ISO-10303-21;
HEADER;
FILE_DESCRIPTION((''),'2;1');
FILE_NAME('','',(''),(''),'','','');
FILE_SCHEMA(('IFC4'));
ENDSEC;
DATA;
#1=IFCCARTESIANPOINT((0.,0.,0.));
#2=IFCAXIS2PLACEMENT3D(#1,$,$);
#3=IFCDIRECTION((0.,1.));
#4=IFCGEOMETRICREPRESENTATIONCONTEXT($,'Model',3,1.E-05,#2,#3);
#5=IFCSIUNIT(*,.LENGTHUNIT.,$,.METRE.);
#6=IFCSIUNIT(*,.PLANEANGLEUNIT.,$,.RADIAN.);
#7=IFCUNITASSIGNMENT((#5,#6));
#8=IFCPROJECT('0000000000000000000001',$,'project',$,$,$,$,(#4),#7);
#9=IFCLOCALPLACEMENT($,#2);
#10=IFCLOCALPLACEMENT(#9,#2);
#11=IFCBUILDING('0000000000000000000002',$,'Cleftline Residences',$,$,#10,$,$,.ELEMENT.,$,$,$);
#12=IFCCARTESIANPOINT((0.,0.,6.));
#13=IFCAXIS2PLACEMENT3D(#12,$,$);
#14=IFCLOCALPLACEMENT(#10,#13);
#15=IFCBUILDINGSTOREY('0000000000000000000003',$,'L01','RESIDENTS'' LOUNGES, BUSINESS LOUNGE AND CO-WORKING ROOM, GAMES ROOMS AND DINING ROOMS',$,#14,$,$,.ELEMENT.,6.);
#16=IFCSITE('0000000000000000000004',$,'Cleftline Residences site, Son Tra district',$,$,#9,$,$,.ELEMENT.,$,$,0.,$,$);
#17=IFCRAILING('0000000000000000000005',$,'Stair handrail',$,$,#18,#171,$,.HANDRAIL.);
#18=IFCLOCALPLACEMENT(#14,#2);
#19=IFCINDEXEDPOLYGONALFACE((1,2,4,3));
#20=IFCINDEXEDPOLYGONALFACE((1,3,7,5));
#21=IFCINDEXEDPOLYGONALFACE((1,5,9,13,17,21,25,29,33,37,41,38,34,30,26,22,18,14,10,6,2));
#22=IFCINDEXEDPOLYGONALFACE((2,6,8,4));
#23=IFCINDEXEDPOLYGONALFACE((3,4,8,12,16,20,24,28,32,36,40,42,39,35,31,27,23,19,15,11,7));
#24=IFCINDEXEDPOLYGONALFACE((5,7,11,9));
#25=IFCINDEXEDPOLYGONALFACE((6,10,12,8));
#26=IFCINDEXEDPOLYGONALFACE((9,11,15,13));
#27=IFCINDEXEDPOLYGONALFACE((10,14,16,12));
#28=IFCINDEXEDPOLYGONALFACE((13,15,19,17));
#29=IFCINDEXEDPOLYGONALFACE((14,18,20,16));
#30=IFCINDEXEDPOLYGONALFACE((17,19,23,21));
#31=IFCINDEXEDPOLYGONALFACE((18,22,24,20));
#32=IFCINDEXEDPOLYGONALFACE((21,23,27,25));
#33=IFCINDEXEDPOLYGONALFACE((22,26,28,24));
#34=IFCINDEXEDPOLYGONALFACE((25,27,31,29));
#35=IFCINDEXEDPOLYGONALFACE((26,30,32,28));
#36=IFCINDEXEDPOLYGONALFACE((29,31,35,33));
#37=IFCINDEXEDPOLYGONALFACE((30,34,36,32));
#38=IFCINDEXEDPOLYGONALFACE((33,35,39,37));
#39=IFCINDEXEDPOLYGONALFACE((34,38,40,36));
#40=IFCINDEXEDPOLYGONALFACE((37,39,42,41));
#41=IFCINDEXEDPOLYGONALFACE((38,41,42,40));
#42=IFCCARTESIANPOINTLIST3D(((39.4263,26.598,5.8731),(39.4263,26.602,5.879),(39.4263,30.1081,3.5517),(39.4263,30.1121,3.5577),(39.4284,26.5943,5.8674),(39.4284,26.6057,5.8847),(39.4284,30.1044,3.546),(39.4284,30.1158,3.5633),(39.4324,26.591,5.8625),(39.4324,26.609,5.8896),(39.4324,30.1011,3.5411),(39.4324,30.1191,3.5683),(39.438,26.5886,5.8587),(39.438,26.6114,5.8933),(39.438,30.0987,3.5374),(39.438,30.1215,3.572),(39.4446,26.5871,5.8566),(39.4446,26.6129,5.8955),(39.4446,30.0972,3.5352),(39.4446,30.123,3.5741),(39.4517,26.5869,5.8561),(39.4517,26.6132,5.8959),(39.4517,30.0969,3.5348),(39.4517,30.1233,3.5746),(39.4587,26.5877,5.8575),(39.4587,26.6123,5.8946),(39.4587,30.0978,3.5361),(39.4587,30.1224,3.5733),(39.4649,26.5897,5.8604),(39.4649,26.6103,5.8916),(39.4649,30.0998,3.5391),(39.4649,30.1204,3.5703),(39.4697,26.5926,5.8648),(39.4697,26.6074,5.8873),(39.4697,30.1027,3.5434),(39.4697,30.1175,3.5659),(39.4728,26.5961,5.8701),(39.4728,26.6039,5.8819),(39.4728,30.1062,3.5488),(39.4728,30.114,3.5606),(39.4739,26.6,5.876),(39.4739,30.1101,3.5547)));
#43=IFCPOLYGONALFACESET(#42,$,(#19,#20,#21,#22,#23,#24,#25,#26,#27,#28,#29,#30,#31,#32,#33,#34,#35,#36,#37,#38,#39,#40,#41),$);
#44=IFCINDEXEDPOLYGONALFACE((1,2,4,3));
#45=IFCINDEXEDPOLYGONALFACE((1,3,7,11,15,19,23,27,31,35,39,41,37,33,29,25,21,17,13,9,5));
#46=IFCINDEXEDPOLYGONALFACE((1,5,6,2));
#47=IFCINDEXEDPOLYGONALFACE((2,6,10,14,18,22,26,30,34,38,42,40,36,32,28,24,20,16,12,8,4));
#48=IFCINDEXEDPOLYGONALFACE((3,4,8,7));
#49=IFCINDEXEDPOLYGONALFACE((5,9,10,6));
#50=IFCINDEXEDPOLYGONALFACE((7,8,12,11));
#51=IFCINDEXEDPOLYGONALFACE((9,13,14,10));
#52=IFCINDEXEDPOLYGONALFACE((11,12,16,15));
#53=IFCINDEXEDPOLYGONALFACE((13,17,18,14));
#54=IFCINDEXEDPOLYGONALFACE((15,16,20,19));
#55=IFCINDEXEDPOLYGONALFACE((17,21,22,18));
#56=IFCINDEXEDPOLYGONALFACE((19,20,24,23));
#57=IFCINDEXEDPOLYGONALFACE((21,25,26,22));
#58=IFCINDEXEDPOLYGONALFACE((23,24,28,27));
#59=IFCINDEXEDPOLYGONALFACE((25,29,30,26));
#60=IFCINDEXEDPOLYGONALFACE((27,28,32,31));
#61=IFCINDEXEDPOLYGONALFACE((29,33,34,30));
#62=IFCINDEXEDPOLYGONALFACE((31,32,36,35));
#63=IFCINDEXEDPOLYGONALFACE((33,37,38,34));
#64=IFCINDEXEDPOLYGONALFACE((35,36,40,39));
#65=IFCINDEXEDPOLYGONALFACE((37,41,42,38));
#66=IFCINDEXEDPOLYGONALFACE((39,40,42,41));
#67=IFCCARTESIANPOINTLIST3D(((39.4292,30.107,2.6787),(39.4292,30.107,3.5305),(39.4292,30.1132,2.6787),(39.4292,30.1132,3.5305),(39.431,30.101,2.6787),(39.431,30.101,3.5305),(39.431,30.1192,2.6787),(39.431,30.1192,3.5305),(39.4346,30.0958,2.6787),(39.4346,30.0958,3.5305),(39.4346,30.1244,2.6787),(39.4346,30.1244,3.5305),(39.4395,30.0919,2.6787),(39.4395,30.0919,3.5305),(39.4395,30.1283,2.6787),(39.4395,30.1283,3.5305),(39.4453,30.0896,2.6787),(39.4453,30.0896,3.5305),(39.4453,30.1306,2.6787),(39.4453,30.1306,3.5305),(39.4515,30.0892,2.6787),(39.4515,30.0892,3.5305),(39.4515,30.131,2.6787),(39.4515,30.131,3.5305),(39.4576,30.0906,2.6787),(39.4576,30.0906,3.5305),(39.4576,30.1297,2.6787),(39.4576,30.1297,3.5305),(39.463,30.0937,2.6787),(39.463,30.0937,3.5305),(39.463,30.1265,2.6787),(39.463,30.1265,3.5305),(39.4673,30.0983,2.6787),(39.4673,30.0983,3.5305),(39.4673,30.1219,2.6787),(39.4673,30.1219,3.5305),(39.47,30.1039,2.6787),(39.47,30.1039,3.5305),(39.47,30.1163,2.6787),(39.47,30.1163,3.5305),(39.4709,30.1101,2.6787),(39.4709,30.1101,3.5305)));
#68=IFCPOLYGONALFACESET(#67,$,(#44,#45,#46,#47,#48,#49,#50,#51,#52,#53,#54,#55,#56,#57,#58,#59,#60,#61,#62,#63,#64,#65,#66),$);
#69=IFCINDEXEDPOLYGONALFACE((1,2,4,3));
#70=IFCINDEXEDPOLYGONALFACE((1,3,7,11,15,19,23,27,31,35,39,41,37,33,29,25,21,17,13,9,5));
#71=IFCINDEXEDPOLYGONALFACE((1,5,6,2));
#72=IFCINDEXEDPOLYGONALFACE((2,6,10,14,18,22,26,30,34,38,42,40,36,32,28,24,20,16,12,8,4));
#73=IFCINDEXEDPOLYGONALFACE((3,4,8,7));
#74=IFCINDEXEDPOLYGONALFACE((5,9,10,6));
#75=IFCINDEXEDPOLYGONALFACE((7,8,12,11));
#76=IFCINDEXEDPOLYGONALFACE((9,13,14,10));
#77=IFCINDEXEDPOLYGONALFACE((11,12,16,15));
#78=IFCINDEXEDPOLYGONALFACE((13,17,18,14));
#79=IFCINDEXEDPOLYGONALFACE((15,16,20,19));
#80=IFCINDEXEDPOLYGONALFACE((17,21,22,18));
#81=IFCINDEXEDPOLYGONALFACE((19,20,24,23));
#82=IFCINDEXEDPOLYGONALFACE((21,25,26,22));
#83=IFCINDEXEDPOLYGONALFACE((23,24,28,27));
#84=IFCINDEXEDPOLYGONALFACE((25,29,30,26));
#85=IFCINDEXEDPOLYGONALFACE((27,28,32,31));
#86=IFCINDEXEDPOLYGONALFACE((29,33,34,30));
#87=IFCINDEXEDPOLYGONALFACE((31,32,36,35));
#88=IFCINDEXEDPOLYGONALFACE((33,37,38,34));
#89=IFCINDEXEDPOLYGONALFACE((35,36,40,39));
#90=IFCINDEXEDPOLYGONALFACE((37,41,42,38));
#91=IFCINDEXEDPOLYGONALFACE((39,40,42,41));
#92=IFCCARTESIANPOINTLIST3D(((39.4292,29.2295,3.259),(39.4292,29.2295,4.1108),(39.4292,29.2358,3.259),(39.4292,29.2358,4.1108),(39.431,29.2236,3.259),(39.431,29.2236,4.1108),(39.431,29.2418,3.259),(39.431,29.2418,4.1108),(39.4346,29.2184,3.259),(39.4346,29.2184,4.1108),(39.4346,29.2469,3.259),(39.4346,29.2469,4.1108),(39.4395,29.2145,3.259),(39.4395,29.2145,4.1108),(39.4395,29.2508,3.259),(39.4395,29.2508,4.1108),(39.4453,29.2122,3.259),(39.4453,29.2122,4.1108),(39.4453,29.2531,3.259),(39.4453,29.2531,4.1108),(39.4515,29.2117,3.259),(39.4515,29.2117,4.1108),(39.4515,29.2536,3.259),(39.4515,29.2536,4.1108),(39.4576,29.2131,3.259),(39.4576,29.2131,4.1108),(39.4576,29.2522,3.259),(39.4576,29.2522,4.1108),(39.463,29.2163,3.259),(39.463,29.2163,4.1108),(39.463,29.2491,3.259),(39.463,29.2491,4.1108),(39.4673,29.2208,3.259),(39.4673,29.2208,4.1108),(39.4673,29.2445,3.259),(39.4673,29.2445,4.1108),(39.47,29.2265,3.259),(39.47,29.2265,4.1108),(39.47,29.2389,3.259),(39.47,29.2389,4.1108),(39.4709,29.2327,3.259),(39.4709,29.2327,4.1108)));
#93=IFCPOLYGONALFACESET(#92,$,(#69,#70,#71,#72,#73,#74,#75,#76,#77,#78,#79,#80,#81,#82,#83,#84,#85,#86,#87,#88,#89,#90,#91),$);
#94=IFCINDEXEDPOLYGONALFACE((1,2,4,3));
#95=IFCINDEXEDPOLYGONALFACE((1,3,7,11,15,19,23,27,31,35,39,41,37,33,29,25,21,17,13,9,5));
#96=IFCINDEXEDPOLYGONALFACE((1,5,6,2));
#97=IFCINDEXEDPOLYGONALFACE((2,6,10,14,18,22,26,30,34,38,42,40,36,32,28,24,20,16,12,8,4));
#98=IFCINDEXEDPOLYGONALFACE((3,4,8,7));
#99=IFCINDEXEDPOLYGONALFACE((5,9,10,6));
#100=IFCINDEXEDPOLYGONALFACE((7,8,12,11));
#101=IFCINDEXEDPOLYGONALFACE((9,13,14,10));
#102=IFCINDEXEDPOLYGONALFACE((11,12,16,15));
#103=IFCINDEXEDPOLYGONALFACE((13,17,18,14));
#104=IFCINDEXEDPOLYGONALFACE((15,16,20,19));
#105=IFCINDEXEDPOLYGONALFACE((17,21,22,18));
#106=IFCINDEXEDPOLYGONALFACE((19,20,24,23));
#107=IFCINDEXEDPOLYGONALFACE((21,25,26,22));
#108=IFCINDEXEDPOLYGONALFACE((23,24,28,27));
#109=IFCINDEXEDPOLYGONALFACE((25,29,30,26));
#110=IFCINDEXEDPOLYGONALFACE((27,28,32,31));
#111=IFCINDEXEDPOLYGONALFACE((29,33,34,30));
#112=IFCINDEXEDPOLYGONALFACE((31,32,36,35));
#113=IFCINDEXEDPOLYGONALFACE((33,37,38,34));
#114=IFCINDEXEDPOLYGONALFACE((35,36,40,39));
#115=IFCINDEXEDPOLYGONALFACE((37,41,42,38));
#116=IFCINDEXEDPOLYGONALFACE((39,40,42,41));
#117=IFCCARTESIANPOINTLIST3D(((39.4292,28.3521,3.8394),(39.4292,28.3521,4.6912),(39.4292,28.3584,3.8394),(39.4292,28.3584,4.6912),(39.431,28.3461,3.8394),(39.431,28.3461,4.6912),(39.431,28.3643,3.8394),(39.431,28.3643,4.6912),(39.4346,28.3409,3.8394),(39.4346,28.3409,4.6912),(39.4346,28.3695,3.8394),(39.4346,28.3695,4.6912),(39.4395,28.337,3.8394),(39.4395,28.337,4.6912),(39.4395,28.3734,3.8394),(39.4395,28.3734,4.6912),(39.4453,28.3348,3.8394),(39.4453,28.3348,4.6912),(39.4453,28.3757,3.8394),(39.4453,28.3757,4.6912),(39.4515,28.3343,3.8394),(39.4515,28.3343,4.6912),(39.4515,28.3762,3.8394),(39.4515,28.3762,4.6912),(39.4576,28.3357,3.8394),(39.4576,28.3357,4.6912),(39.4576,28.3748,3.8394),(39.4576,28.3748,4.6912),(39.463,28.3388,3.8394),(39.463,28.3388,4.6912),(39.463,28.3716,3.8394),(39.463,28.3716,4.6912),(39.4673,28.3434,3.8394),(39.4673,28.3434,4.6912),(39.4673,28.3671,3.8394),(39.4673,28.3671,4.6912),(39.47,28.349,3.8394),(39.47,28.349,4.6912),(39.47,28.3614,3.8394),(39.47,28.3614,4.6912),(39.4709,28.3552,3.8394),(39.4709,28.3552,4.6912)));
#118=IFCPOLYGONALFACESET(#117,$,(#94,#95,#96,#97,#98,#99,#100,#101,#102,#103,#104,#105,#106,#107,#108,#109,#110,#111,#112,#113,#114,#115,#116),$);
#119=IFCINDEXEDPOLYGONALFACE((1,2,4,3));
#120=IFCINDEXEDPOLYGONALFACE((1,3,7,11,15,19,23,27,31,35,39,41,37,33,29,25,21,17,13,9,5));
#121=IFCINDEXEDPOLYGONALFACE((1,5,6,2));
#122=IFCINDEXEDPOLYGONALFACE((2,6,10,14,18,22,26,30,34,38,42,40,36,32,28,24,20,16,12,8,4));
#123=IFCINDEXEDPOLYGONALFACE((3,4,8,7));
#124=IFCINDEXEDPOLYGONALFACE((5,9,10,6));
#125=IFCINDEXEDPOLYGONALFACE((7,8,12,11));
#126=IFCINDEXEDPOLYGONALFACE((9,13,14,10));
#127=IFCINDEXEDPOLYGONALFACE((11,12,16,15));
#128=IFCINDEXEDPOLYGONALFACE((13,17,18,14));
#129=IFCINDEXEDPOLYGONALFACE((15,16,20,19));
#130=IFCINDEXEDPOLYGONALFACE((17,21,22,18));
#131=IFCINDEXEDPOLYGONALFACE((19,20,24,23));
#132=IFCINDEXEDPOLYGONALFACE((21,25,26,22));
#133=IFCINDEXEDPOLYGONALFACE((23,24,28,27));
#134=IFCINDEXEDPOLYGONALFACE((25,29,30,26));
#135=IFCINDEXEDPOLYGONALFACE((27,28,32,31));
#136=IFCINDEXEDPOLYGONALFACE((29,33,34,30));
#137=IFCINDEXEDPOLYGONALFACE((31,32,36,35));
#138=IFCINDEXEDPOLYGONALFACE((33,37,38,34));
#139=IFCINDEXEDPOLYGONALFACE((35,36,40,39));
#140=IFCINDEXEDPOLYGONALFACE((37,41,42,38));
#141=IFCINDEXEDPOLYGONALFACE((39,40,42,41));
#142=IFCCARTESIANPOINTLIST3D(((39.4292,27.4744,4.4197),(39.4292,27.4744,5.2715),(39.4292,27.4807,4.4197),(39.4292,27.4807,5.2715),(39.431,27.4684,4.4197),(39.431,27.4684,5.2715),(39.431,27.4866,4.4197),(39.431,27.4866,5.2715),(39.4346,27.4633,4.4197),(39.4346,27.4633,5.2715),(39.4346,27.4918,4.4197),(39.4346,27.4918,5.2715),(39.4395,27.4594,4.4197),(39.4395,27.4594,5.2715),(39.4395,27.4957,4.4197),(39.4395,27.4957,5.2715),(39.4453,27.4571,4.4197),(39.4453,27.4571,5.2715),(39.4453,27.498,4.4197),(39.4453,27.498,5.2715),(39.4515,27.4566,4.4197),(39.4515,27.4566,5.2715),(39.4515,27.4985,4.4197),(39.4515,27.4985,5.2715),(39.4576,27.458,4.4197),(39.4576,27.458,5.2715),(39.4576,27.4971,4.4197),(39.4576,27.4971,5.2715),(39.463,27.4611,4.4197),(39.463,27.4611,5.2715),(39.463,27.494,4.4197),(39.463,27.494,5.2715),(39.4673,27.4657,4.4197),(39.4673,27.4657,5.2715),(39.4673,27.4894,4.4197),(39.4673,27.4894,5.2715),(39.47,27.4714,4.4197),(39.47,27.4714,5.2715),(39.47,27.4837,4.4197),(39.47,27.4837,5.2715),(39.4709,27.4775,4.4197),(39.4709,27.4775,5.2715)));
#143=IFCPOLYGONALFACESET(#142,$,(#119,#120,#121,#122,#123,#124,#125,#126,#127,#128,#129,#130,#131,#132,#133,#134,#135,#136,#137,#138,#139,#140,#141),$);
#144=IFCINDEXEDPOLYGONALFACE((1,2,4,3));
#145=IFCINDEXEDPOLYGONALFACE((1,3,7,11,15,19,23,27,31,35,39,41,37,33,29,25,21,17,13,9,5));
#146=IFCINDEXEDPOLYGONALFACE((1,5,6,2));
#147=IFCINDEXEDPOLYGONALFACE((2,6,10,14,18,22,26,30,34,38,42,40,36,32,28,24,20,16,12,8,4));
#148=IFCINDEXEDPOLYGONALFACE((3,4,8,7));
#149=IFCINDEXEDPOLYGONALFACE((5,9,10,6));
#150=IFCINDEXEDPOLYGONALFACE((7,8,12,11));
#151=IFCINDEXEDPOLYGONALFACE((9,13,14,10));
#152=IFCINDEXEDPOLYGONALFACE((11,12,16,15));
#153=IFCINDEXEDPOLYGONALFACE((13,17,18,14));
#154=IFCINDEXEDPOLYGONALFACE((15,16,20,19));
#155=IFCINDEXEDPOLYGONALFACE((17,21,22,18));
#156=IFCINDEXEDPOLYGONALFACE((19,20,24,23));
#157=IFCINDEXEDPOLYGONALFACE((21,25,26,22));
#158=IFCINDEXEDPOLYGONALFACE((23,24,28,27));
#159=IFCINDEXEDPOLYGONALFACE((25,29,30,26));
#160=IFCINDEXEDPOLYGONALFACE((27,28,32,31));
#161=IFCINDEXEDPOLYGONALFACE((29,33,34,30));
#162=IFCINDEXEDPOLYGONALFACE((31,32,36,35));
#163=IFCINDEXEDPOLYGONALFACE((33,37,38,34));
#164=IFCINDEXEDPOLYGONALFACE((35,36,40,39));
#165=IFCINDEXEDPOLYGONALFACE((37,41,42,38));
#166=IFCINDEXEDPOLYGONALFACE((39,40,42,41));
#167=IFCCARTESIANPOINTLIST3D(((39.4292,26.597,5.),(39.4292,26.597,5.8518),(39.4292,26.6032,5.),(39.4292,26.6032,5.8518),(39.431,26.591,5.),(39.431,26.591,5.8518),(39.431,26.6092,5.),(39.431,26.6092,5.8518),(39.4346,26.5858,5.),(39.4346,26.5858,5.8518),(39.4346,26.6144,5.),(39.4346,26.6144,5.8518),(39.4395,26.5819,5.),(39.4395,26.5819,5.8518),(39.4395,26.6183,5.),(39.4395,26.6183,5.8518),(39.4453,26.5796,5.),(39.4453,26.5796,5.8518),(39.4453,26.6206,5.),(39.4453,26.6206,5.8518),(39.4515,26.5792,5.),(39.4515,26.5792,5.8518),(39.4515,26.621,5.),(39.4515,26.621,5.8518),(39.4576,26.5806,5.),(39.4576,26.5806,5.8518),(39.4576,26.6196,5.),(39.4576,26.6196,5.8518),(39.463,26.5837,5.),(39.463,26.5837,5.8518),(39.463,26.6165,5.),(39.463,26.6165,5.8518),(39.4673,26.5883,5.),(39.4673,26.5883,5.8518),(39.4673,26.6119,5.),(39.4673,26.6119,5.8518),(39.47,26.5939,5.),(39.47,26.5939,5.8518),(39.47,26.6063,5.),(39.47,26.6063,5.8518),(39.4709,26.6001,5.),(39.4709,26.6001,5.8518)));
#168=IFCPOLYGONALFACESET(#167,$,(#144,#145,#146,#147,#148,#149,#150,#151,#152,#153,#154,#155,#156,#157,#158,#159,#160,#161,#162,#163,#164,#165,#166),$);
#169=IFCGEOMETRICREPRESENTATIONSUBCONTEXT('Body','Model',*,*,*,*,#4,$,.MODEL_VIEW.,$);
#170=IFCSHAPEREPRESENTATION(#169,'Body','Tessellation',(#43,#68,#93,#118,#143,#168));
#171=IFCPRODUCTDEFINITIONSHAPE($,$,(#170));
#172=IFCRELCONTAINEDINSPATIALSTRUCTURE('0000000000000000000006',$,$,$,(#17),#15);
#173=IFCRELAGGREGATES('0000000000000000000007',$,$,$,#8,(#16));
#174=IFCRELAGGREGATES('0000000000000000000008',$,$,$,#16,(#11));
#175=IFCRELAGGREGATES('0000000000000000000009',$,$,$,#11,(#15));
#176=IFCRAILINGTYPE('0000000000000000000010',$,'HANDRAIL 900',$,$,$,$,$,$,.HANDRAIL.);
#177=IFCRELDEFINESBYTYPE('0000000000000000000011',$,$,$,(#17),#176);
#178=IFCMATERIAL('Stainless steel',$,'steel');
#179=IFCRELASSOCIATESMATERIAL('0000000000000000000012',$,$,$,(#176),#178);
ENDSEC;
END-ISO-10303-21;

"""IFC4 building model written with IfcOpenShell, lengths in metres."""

from ifc_helpers import new_model, si_unit, direction, frame, origin, origin_2d, place, context, subcontext, project, spatial, circle, extrude, material, type_object, element, save


model = new_model("IFC4")

# Units and contexts
model_context = context("Model", 3, precision=1e-05, world=origin(), true_north=direction((0.0, 1.0)))
body_context = subcontext(model_context, "Body", "Model", "MODEL_VIEW")
ifc_project = project(units=[si_unit("LENGTHUNIT", "METRE"), si_unit("PLANEANGLEUNIT", "RADIAN")], contexts=[model_context])

# Site, building, storey
site_placement = place(None, origin())
site = spatial("IfcSite", under=ifc_project, at=site_placement, Name="Cleftline Residences site, Son Tra district", CompositionType="ELEMENT", RefElevation=0.0)
building_placement = place(site_placement, origin())
building = spatial("IfcBuilding", under=site, at=building_placement, Name="Cleftline Residences", CompositionType="ELEMENT")
storey_placement = place(building_placement, frame((0.0, 0.0, 6.0)))
storey = spatial("IfcBuildingStorey", under=building, at=storey_placement, Name="L01", Description="RESIDENTS' LOUNGES, BUSINESS LOUNGE AND CO-WORKING ROOM, GAMES ROOMS AND DINING ROOMS", CompositionType="ELEMENT", Elevation=6.0)

# Railing
ifc_material_1 = material(Name="Stainless steel", Category="steel")
railing_type = type_object("IfcRailingType", Name="HANDRAIL 900", PredefinedType="HANDRAIL", material=ifc_material_1)
railing_1_placement = place(storey_placement, frame((39.45, 30.1101, 2.6787)))
element("IfcRailing", 1, at=railing_1_placement, inside=storey, type_object=railing_type, Name="Stair handrail", PredefinedType="HANDRAIL", context=body_context, shape_type="SweptSolid", body=[
    extrude(circle(Radius=0.0239, at=origin_2d()), frame((0.0, 0.0, 0.876), z_axis=(0.0, -0.834097, 0.551617), x_axis=(1.0, 0.0, 0.0)), (0.0, 0.0, 1.0), 4.2083),
    extrude(circle(Radius=0.021, at=origin_2d()), origin(), (0.0, 0.0, 1.0), 0.8518),
    extrude(circle(Radius=0.021, at=origin_2d()), frame((0.0, -0.8774, 0.5803)), (0.0, 0.0, 1.0), 0.8518),
    extrude(circle(Radius=0.021, at=origin_2d()), frame((0.0, -1.7549, 1.1606)), (0.0, 0.0, 1.0), 0.8518),
    extrude(circle(Radius=0.021, at=origin_2d()), frame((0.0, -2.6326, 1.741)), (0.0, 0.0, 1.0), 0.8518),
    extrude(circle(Radius=0.021, at=origin_2d()), frame((0.0, -3.51, 2.3213)), (0.0, 0.0, 1.0), 0.8518),
])

save(model, "model.ifc")
